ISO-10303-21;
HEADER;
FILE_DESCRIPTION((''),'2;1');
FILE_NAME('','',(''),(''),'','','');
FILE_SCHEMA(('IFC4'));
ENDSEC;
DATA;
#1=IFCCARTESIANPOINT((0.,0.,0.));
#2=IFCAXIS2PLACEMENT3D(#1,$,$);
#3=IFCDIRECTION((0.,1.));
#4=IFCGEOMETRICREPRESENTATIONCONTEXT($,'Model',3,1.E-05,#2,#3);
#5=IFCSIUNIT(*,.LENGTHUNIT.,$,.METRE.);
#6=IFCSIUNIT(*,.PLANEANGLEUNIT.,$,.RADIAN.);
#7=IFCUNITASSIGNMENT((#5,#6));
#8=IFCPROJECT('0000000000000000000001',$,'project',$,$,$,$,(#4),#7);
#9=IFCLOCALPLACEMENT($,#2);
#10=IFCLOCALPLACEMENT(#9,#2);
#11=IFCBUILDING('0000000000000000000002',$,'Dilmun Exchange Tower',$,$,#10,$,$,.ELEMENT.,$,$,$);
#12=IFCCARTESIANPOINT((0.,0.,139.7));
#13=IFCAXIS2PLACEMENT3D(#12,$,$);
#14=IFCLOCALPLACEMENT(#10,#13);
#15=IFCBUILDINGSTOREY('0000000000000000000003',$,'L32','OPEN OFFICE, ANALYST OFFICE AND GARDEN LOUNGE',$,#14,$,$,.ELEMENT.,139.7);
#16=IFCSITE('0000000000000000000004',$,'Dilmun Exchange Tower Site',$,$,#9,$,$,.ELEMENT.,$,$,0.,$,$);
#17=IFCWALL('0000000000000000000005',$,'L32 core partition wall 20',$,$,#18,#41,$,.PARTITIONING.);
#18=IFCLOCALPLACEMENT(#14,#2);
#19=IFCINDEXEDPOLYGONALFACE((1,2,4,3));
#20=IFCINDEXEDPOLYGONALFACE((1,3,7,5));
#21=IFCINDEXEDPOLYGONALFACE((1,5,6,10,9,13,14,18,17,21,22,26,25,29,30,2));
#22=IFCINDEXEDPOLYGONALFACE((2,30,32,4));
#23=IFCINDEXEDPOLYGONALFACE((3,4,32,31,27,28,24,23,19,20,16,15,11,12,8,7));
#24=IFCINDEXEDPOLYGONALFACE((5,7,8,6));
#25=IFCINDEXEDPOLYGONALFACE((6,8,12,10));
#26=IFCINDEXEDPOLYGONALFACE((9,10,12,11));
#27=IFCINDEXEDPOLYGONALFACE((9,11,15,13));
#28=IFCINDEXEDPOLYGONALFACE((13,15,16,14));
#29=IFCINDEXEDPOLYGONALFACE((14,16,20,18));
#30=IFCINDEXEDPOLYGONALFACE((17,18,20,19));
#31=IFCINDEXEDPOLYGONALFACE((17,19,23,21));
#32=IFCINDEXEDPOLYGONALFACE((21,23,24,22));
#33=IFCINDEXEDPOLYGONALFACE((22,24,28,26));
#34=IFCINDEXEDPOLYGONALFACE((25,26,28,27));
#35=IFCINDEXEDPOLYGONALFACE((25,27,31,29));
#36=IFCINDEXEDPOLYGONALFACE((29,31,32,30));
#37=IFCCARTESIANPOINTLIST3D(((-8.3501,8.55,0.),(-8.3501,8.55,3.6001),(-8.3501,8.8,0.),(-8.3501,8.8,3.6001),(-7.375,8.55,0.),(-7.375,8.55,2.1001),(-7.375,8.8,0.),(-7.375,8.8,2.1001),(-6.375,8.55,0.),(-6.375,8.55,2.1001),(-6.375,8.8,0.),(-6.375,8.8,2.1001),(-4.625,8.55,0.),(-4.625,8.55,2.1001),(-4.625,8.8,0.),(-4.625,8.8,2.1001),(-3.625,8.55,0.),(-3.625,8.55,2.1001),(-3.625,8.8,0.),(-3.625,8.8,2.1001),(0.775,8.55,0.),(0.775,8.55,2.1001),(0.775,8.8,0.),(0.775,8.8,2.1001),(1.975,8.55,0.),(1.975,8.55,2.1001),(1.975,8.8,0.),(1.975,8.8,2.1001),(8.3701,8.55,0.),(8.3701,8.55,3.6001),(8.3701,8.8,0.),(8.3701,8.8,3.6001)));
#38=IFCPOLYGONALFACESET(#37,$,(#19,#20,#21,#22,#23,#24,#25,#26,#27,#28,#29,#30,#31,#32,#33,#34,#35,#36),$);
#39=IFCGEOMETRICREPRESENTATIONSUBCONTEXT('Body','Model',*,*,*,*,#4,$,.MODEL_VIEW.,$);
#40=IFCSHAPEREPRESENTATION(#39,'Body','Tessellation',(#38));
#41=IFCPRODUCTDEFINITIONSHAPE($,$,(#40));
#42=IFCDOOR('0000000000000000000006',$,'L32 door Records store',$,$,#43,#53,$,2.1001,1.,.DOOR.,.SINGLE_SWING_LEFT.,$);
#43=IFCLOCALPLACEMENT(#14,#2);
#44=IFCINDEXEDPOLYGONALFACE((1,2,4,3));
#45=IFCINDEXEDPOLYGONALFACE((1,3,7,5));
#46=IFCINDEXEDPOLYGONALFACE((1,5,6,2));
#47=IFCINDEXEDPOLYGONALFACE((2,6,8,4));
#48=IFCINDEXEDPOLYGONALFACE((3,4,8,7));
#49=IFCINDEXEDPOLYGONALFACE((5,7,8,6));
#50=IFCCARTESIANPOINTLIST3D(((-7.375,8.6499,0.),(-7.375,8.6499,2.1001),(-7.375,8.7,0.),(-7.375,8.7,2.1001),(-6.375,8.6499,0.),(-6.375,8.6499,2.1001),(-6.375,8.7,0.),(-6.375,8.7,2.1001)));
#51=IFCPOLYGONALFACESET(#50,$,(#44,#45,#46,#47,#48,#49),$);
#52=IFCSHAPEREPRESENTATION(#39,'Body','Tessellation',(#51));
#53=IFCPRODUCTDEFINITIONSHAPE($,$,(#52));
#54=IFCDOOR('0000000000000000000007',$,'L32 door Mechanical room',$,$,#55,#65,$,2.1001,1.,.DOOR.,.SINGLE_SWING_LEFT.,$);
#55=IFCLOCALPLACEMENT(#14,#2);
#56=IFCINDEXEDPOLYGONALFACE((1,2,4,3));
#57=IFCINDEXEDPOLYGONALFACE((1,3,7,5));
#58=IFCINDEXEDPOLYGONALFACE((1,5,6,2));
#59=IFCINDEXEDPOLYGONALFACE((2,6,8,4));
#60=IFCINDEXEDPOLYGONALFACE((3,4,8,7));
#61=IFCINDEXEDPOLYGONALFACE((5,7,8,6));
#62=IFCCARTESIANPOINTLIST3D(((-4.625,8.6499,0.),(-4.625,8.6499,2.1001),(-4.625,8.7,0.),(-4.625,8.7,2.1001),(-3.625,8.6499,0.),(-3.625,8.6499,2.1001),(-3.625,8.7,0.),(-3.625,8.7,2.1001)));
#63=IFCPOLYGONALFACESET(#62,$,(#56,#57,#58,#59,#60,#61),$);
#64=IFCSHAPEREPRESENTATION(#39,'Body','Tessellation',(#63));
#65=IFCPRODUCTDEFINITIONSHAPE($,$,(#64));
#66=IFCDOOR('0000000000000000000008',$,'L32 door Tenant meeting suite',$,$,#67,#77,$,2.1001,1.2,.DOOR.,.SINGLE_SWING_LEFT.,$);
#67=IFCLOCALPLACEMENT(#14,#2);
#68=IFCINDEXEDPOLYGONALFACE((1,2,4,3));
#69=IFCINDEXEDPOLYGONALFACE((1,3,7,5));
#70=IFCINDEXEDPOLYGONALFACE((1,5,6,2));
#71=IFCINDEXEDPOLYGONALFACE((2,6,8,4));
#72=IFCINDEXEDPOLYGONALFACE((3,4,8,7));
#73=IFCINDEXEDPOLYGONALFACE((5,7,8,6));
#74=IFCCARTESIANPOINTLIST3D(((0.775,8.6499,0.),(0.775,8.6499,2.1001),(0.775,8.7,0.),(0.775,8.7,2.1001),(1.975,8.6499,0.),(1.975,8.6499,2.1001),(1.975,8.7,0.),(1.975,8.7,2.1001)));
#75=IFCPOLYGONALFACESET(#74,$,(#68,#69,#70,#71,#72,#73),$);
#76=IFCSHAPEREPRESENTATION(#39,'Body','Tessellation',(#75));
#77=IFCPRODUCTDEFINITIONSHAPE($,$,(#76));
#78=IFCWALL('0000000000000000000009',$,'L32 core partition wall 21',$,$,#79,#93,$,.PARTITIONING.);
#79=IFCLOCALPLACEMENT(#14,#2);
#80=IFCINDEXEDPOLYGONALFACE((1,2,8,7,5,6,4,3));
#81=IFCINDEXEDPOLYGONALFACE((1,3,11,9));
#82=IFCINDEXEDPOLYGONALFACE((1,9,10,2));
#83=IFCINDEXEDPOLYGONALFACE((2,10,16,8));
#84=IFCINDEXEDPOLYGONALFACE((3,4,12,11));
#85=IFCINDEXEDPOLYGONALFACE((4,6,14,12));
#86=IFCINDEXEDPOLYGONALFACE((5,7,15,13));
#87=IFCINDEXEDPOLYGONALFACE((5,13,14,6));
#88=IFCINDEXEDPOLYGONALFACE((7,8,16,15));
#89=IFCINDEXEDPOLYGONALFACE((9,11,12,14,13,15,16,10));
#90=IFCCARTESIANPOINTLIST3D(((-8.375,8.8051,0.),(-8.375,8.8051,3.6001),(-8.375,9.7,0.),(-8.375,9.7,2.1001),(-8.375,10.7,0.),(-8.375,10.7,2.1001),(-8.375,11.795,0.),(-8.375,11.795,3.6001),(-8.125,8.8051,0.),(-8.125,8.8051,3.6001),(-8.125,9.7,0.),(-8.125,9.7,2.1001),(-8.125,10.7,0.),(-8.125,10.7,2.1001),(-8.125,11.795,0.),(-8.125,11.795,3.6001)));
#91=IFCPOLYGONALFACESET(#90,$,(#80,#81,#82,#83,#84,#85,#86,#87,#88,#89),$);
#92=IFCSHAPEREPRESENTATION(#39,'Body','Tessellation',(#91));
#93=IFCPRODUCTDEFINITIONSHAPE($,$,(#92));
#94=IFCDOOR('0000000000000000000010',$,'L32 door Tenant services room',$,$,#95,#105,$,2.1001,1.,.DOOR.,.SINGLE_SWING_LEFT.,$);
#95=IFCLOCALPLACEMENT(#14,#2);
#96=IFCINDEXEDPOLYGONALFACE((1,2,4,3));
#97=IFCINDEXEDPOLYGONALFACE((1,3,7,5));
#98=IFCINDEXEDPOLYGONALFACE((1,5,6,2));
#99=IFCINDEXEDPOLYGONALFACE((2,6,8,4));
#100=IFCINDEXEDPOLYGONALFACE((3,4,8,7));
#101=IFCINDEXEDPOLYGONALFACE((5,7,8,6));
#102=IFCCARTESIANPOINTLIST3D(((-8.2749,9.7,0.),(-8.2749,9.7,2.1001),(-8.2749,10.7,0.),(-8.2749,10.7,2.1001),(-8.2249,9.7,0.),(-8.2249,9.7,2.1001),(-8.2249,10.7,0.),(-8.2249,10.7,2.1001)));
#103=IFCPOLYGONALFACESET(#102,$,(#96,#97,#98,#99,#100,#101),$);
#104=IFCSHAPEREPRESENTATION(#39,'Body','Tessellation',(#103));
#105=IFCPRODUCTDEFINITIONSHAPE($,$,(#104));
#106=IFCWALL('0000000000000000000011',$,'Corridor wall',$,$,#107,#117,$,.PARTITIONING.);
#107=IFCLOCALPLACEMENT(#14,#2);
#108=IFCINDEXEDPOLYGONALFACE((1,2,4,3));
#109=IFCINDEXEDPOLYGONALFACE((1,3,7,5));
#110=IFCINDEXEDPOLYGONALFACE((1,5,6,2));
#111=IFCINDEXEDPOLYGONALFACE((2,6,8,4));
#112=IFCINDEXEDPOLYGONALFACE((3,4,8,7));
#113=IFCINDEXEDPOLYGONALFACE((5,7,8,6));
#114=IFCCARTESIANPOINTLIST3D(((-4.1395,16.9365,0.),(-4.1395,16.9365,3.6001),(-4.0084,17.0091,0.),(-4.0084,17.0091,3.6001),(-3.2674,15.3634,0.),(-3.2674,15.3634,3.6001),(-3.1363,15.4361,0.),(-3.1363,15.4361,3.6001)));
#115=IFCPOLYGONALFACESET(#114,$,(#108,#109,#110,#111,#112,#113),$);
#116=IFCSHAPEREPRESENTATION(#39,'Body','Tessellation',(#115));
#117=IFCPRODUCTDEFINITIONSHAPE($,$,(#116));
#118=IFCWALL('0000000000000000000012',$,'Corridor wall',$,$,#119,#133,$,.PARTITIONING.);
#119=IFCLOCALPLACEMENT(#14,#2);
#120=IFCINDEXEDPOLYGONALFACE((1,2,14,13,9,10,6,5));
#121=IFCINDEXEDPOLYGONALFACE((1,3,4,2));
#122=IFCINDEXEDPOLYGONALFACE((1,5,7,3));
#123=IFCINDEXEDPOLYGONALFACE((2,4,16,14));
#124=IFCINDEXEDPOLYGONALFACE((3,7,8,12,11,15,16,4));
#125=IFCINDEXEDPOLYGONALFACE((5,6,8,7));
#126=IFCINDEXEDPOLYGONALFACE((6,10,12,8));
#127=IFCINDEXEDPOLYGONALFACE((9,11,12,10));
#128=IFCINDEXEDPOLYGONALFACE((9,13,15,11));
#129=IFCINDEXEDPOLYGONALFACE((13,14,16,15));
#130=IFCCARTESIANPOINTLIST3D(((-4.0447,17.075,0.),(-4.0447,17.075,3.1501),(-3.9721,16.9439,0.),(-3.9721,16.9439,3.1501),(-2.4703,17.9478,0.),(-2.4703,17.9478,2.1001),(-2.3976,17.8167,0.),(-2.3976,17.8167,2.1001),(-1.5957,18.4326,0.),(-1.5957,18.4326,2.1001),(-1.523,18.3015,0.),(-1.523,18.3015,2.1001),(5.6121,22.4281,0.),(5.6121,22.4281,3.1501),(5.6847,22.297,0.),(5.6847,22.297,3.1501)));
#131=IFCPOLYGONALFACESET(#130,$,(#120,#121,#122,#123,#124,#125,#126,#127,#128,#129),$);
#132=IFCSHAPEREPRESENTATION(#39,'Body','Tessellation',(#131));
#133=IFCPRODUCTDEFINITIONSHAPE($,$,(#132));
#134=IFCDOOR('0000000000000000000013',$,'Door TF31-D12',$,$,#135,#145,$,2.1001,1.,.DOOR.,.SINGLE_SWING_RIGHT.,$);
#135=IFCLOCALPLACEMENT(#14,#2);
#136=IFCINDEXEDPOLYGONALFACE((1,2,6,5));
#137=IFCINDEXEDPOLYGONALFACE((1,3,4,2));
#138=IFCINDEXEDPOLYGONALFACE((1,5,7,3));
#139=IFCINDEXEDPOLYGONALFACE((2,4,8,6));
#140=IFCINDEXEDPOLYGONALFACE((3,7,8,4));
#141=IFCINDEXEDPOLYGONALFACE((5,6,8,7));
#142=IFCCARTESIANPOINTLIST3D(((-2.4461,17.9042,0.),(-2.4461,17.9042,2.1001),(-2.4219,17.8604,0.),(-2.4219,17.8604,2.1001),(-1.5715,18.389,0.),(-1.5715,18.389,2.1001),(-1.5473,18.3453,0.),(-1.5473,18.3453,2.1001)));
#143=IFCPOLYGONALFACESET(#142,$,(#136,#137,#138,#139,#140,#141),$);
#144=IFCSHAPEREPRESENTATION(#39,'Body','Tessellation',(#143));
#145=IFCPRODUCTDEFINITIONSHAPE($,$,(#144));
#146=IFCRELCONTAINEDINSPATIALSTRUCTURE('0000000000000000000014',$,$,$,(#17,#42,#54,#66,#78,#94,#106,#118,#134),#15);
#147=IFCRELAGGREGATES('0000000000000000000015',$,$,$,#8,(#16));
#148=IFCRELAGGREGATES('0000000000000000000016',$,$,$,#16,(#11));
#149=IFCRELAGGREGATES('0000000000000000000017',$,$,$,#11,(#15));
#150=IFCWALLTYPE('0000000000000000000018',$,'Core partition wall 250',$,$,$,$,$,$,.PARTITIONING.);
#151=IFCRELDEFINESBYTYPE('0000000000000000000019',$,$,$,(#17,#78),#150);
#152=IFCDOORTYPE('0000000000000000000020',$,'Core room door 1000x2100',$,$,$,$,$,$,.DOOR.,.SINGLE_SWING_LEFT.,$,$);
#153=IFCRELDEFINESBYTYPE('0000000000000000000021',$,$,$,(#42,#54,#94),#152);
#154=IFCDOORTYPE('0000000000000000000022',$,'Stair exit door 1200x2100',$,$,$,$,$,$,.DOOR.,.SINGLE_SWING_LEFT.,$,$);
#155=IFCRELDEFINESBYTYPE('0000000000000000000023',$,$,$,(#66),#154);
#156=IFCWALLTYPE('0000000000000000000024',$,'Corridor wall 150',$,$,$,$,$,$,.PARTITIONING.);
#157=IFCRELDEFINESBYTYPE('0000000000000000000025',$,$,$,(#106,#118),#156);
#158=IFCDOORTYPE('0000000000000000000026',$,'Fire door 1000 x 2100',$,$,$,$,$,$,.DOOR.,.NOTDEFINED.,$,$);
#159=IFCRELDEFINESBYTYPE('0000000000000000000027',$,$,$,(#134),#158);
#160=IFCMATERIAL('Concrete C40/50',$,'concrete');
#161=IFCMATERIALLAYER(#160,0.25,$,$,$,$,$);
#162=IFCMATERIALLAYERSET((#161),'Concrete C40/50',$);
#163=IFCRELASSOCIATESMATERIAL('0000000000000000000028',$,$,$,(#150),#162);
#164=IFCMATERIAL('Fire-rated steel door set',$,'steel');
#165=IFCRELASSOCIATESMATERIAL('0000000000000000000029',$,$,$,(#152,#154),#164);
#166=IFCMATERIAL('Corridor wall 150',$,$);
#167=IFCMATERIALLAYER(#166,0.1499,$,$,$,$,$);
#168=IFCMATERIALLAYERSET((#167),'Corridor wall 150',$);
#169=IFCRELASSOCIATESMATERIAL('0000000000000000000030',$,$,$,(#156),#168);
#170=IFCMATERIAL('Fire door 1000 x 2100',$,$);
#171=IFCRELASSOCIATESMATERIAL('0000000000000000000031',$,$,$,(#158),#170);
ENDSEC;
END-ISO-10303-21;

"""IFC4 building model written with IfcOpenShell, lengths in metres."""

from ifc_helpers import new_model, si_unit, direction, frame, frame_2d, origin, place, context, subcontext, project, spatial, rectangle, extrude, material, layer, layer_set, type_object, element, fill, save


model = new_model("IFC4")

# Units and contexts
model_context = context("Model", 3, precision=1e-05, world=origin(), true_north=direction((0.0, 1.0)))
body_context = subcontext(model_context, "Body", "Model", "MODEL_VIEW")
ifc_project = project(units=[si_unit("LENGTHUNIT", "METRE"), si_unit("PLANEANGLEUNIT", "RADIAN")], contexts=[model_context])

# Site, building, storey
site_placement = place(None, origin())
site = spatial("IfcSite", under=ifc_project, at=site_placement, Name="Dilmun Exchange Tower Site", CompositionType="ELEMENT", RefElevation=0.0)
building_placement = place(site_placement, origin())
building = spatial("IfcBuilding", under=site, at=building_placement, Name="Dilmun Exchange Tower", CompositionType="ELEMENT")
storey_placement = place(building_placement, frame((0.0, 0.0, 139.7)))
storey = spatial("IfcBuildingStorey", under=building, at=storey_placement, Name="L32", Description="OPEN OFFICE, ANALYST OFFICE AND GARDEN LOUNGE", CompositionType="ELEMENT", Elevation=139.7)

# Shared definitions
ifc_material_1 = material(Name="Concrete C40/50", Category="concrete")

# Shared definitions
ifc_material_2 = material(Name="Fire-rated steel door set", Category="steel")

# Shared definitions
ifc_layer_1 = layer(ifc_material_1, 0.25)
ifc_layer_set_1 = layer_set([ifc_layer_1], Name="Concrete C40/50")
wall_type_1 = type_object("IfcWallType", Name="Core partition wall 250", PredefinedType="PARTITIONING", material=ifc_layer_set_1)

# Wall, openings, doors
wall_1_placement = place(storey_placement, frame((-8.3501, 8.675, 0.0), z_axis=(0.0, 0.0, 1.0), x_axis=(1.0, 0.0, 0.0)))
wall_1 = element("IfcWall", 1, at=wall_1_placement, inside=storey, type_object=wall_type_1, Name="L32 core partition wall 20", PredefinedType="PARTITIONING", context=body_context, shape_type="SweptSolid", body=[
    extrude(rectangle(XDim=16.7202, YDim=0.25, at=frame_2d((8.3601, 0.0))), origin(), (0.0, 0.0, 1.0), 3.6001),
])
opening_1_placement = place(wall_1_placement, frame((0.9751, 0.0, 0.0)))
opening_1 = element("IfcOpeningElement", 2, at=opening_1_placement, cuts=wall_1, PredefinedType="OPENING", context=body_context, shape_type="SweptSolid", body=[
    extrude(rectangle(XDim=1.0, YDim=2.1001, at=frame_2d((0.5, 1.05))), frame((0.0, 0.135, 0.0), z_axis=(0.0, -1.0, 0.0), x_axis=(1.0, 0.0, 0.0)), (0.0, 0.0, 1.0), 0.27),
])
opening_2_placement = place(wall_1_placement, frame((3.7251, 0.0, 0.0)))
opening_2 = element("IfcOpeningElement", 3, at=opening_2_placement, cuts=wall_1, PredefinedType="OPENING", context=body_context, shape_type="SweptSolid", body=[
    extrude(rectangle(XDim=1.0, YDim=2.1001, at=frame_2d((0.5, 1.05))), frame((0.0, 0.135, 0.0), z_axis=(0.0, -1.0, 0.0), x_axis=(1.0, 0.0, 0.0)), (0.0, 0.0, 1.0), 0.27),
])
opening_3_placement = place(wall_1_placement, frame((9.125, 0.0, 0.0)))
opening_3 = element("IfcOpeningElement", 4, at=opening_3_placement, cuts=wall_1, PredefinedType="OPENING", context=body_context, shape_type="SweptSolid", body=[
    extrude(rectangle(XDim=1.2, YDim=2.1001, at=frame_2d((0.6001, 1.05))), frame((0.0, 0.135, 0.0), z_axis=(0.0, -1.0, 0.0), x_axis=(1.0, 0.0, 0.0)), (0.0, 0.0, 1.0), 0.27),
])
door_type_1 = type_object("IfcDoorType", Name="Core room door 1000x2100", OperationType="SINGLE_SWING_LEFT", PredefinedType="DOOR", material=ifc_material_2)
door_1_placement = place(opening_1_placement, origin())
door_1 = element("IfcDoor", 5, at=door_1_placement, inside=storey, type_object=door_type_1, Name="L32 door Records store", OperationType="SINGLE_SWING_LEFT", OverallHeight=2.1001, OverallWidth=1.0, PredefinedType="DOOR", context=body_context, shape_type="SweptSolid", body=[
    extrude(rectangle(XDim=1.0, YDim=2.1001, at=frame_2d((0.5, 1.05))), frame((0.0, 0.0249, 0.0), z_axis=(0.0, -1.0, 0.0), x_axis=(1.0, 0.0, 0.0)), (0.0, 0.0, 1.0), 0.05),
])
fill(opening_1, door_1)
door_2_placement = place(opening_2_placement, origin())
door_2 = element("IfcDoor", 6, at=door_2_placement, inside=storey, type_object=door_type_1, Name="L32 door Mechanical room", OperationType="SINGLE_SWING_LEFT", OverallHeight=2.1001, OverallWidth=1.0, PredefinedType="DOOR", context=body_context, shape_type="SweptSolid", body=[
    extrude(rectangle(XDim=1.0, YDim=2.1001, at=frame_2d((0.5, 1.05))), frame((0.0, 0.0249, 0.0), z_axis=(0.0, -1.0, 0.0), x_axis=(1.0, 0.0, 0.0)), (0.0, 0.0, 1.0), 0.05),
])
fill(opening_2, door_2)
door_type_2 = type_object("IfcDoorType", Name="Stair exit door 1200x2100", OperationType="SINGLE_SWING_LEFT", PredefinedType="DOOR", material=ifc_material_2)
door_3_placement = place(opening_3_placement, origin())
door_3 = element("IfcDoor", 7, at=door_3_placement, inside=storey, type_object=door_type_2, Name="L32 door Tenant meeting suite", OperationType="SINGLE_SWING_LEFT", OverallHeight=2.1001, OverallWidth=1.2, PredefinedType="DOOR", context=body_context, shape_type="SweptSolid", body=[
    extrude(rectangle(XDim=1.2, YDim=2.1001, at=frame_2d((0.6001, 1.05))), frame((0.0, 0.0249, 0.0), z_axis=(0.0, -1.0, 0.0), x_axis=(1.0, 0.0, 0.0)), (0.0, 0.0, 1.0), 0.05),
])
fill(opening_3, door_3)

# Wall, opening, door
wall_2_placement = place(storey_placement, frame((-8.25, 8.8049, 0.0), z_axis=(0.0, 0.0, 1.0), x_axis=(0.0, 1.0, 0.0)))
wall_2 = element("IfcWall", 8, at=wall_2_placement, inside=storey, type_object=wall_type_1, Name="L32 core partition wall 21", PredefinedType="PARTITIONING", context=body_context, shape_type="SweptSolid", body=[
    extrude(rectangle(XDim=2.99, YDim=0.25, at=frame_2d((1.4951, 0.0))), origin(), (0.0, 0.0, 1.0), 3.6001),
])
opening_4_placement = place(wall_2_placement, frame((0.895, 0.0, 0.0)))
opening_4 = element("IfcOpeningElement", 9, at=opening_4_placement, cuts=wall_2, PredefinedType="OPENING", context=body_context, shape_type="SweptSolid", body=[
    extrude(rectangle(XDim=1.0, YDim=2.1001, at=frame_2d((0.5, 1.05))), frame((0.0, 0.135, 0.0), z_axis=(0.0, -1.0, 0.0), x_axis=(1.0, 0.0, 0.0)), (0.0, 0.0, 1.0), 0.27),
])
door_4_placement = place(opening_4_placement, origin())
door_4 = element("IfcDoor", 10, at=door_4_placement, inside=storey, type_object=door_type_1, Name="L32 door Tenant services room", OperationType="SINGLE_SWING_LEFT", OverallHeight=2.1001, OverallWidth=1.0, PredefinedType="DOOR", context=body_context, shape_type="SweptSolid", body=[
    extrude(rectangle(XDim=1.0, YDim=2.1001, at=frame_2d((0.5, 1.05))), frame((0.0, 0.0249, 0.0), z_axis=(0.0, -1.0, 0.0), x_axis=(1.0, 0.0, 0.0)), (0.0, 0.0, 1.0), 0.05),
])
fill(opening_4, door_4)

# Wall
ifc_material_3 = material(Name="Corridor wall 150")
ifc_layer_2 = layer(ifc_material_3, 0.1499)
ifc_layer_set_2 = layer_set([ifc_layer_2], Name="Corridor wall 150")
wall_type_2 = type_object("IfcWallType", Name="Corridor wall 150", PredefinedType="PARTITIONING", material=ifc_layer_set_2)
wall_3_placement = place(storey_placement, frame((-4.074, 16.9729, 0.0), z_axis=(0.0, 0.0, 1.0), x_axis=(0.484871, -0.874586, 0.0)))
element("IfcWall", 11, at=wall_3_placement, inside=storey, type_object=wall_type_2, Name="Corridor wall", PredefinedType="PARTITIONING", context=body_context, shape_type="SweptSolid", body=[
    extrude(rectangle(XDim=1.7986, YDim=0.1499, at=frame_2d((0.8994, 0.0))), origin(), (0.0, 0.0, 1.0), 3.6001),
])

# Wall, opening, door
wall_4_placement = place(storey_placement, frame((-4.0083, 17.0095, 0.0), z_axis=(0.0, 0.0, 1.0), x_axis=(0.874612, 0.484824, 0.0)))
wall_4 = element("IfcWall", 12, at=wall_4_placement, inside=storey, type_object=wall_type_2, Name="Corridor wall", PredefinedType="PARTITIONING", context=body_context, shape_type="SweptSolid", body=[
    extrude(rectangle(XDim=11.0413, YDim=0.1499, at=frame_2d((5.5205, 0.0))), origin(), (0.0, 0.0, 1.0), 3.1501),
])
opening_5_placement = place(wall_4_placement, frame((1.8, 0.0, 0.0)))
opening_5 = element("IfcOpeningElement", 13, at=opening_5_placement, cuts=wall_4, PredefinedType="OPENING", context=body_context, shape_type="SweptSolid", body=[
    extrude(rectangle(XDim=1.0, YDim=2.1001, at=frame_2d((0.5, 1.05))), frame((0.0, 0.085, 0.0), z_axis=(0.0, -1.0, 0.0), x_axis=(1.0, 0.0, 0.0)), (0.0, 0.0, 1.0), 0.1699),
])
ifc_material_4 = material(Name="Fire door 1000 x 2100")
door_type_3 = type_object("IfcDoorType", Name="Fire door 1000 x 2100", OperationType="NOTDEFINED", PredefinedType="DOOR", material=ifc_material_4)
door_5_placement = place(opening_5_placement, frame((1.0, 0.0, 0.0), z_axis=(0.0, 0.0, 1.0), x_axis=(-1.0, 0.0, 0.0)))
door_5 = element("IfcDoor", 14, at=door_5_placement, inside=storey, type_object=door_type_3, Name="Door TF31-D12", OperationType="SINGLE_SWING_RIGHT", OverallHeight=2.1001, OverallWidth=1.0, PredefinedType="DOOR", context=body_context, shape_type="SweptSolid", body=[
    extrude(rectangle(XDim=1.0, YDim=2.1001, at=frame_2d((0.5, 1.05))), frame((0.0, 0.0249, 0.0), z_axis=(0.0, -1.0, 0.0), x_axis=(1.0, 0.0, 0.0)), (0.0, 0.0, 1.0), 0.05),
])
fill(opening_5, door_5)

save(model, "model.ifc")
